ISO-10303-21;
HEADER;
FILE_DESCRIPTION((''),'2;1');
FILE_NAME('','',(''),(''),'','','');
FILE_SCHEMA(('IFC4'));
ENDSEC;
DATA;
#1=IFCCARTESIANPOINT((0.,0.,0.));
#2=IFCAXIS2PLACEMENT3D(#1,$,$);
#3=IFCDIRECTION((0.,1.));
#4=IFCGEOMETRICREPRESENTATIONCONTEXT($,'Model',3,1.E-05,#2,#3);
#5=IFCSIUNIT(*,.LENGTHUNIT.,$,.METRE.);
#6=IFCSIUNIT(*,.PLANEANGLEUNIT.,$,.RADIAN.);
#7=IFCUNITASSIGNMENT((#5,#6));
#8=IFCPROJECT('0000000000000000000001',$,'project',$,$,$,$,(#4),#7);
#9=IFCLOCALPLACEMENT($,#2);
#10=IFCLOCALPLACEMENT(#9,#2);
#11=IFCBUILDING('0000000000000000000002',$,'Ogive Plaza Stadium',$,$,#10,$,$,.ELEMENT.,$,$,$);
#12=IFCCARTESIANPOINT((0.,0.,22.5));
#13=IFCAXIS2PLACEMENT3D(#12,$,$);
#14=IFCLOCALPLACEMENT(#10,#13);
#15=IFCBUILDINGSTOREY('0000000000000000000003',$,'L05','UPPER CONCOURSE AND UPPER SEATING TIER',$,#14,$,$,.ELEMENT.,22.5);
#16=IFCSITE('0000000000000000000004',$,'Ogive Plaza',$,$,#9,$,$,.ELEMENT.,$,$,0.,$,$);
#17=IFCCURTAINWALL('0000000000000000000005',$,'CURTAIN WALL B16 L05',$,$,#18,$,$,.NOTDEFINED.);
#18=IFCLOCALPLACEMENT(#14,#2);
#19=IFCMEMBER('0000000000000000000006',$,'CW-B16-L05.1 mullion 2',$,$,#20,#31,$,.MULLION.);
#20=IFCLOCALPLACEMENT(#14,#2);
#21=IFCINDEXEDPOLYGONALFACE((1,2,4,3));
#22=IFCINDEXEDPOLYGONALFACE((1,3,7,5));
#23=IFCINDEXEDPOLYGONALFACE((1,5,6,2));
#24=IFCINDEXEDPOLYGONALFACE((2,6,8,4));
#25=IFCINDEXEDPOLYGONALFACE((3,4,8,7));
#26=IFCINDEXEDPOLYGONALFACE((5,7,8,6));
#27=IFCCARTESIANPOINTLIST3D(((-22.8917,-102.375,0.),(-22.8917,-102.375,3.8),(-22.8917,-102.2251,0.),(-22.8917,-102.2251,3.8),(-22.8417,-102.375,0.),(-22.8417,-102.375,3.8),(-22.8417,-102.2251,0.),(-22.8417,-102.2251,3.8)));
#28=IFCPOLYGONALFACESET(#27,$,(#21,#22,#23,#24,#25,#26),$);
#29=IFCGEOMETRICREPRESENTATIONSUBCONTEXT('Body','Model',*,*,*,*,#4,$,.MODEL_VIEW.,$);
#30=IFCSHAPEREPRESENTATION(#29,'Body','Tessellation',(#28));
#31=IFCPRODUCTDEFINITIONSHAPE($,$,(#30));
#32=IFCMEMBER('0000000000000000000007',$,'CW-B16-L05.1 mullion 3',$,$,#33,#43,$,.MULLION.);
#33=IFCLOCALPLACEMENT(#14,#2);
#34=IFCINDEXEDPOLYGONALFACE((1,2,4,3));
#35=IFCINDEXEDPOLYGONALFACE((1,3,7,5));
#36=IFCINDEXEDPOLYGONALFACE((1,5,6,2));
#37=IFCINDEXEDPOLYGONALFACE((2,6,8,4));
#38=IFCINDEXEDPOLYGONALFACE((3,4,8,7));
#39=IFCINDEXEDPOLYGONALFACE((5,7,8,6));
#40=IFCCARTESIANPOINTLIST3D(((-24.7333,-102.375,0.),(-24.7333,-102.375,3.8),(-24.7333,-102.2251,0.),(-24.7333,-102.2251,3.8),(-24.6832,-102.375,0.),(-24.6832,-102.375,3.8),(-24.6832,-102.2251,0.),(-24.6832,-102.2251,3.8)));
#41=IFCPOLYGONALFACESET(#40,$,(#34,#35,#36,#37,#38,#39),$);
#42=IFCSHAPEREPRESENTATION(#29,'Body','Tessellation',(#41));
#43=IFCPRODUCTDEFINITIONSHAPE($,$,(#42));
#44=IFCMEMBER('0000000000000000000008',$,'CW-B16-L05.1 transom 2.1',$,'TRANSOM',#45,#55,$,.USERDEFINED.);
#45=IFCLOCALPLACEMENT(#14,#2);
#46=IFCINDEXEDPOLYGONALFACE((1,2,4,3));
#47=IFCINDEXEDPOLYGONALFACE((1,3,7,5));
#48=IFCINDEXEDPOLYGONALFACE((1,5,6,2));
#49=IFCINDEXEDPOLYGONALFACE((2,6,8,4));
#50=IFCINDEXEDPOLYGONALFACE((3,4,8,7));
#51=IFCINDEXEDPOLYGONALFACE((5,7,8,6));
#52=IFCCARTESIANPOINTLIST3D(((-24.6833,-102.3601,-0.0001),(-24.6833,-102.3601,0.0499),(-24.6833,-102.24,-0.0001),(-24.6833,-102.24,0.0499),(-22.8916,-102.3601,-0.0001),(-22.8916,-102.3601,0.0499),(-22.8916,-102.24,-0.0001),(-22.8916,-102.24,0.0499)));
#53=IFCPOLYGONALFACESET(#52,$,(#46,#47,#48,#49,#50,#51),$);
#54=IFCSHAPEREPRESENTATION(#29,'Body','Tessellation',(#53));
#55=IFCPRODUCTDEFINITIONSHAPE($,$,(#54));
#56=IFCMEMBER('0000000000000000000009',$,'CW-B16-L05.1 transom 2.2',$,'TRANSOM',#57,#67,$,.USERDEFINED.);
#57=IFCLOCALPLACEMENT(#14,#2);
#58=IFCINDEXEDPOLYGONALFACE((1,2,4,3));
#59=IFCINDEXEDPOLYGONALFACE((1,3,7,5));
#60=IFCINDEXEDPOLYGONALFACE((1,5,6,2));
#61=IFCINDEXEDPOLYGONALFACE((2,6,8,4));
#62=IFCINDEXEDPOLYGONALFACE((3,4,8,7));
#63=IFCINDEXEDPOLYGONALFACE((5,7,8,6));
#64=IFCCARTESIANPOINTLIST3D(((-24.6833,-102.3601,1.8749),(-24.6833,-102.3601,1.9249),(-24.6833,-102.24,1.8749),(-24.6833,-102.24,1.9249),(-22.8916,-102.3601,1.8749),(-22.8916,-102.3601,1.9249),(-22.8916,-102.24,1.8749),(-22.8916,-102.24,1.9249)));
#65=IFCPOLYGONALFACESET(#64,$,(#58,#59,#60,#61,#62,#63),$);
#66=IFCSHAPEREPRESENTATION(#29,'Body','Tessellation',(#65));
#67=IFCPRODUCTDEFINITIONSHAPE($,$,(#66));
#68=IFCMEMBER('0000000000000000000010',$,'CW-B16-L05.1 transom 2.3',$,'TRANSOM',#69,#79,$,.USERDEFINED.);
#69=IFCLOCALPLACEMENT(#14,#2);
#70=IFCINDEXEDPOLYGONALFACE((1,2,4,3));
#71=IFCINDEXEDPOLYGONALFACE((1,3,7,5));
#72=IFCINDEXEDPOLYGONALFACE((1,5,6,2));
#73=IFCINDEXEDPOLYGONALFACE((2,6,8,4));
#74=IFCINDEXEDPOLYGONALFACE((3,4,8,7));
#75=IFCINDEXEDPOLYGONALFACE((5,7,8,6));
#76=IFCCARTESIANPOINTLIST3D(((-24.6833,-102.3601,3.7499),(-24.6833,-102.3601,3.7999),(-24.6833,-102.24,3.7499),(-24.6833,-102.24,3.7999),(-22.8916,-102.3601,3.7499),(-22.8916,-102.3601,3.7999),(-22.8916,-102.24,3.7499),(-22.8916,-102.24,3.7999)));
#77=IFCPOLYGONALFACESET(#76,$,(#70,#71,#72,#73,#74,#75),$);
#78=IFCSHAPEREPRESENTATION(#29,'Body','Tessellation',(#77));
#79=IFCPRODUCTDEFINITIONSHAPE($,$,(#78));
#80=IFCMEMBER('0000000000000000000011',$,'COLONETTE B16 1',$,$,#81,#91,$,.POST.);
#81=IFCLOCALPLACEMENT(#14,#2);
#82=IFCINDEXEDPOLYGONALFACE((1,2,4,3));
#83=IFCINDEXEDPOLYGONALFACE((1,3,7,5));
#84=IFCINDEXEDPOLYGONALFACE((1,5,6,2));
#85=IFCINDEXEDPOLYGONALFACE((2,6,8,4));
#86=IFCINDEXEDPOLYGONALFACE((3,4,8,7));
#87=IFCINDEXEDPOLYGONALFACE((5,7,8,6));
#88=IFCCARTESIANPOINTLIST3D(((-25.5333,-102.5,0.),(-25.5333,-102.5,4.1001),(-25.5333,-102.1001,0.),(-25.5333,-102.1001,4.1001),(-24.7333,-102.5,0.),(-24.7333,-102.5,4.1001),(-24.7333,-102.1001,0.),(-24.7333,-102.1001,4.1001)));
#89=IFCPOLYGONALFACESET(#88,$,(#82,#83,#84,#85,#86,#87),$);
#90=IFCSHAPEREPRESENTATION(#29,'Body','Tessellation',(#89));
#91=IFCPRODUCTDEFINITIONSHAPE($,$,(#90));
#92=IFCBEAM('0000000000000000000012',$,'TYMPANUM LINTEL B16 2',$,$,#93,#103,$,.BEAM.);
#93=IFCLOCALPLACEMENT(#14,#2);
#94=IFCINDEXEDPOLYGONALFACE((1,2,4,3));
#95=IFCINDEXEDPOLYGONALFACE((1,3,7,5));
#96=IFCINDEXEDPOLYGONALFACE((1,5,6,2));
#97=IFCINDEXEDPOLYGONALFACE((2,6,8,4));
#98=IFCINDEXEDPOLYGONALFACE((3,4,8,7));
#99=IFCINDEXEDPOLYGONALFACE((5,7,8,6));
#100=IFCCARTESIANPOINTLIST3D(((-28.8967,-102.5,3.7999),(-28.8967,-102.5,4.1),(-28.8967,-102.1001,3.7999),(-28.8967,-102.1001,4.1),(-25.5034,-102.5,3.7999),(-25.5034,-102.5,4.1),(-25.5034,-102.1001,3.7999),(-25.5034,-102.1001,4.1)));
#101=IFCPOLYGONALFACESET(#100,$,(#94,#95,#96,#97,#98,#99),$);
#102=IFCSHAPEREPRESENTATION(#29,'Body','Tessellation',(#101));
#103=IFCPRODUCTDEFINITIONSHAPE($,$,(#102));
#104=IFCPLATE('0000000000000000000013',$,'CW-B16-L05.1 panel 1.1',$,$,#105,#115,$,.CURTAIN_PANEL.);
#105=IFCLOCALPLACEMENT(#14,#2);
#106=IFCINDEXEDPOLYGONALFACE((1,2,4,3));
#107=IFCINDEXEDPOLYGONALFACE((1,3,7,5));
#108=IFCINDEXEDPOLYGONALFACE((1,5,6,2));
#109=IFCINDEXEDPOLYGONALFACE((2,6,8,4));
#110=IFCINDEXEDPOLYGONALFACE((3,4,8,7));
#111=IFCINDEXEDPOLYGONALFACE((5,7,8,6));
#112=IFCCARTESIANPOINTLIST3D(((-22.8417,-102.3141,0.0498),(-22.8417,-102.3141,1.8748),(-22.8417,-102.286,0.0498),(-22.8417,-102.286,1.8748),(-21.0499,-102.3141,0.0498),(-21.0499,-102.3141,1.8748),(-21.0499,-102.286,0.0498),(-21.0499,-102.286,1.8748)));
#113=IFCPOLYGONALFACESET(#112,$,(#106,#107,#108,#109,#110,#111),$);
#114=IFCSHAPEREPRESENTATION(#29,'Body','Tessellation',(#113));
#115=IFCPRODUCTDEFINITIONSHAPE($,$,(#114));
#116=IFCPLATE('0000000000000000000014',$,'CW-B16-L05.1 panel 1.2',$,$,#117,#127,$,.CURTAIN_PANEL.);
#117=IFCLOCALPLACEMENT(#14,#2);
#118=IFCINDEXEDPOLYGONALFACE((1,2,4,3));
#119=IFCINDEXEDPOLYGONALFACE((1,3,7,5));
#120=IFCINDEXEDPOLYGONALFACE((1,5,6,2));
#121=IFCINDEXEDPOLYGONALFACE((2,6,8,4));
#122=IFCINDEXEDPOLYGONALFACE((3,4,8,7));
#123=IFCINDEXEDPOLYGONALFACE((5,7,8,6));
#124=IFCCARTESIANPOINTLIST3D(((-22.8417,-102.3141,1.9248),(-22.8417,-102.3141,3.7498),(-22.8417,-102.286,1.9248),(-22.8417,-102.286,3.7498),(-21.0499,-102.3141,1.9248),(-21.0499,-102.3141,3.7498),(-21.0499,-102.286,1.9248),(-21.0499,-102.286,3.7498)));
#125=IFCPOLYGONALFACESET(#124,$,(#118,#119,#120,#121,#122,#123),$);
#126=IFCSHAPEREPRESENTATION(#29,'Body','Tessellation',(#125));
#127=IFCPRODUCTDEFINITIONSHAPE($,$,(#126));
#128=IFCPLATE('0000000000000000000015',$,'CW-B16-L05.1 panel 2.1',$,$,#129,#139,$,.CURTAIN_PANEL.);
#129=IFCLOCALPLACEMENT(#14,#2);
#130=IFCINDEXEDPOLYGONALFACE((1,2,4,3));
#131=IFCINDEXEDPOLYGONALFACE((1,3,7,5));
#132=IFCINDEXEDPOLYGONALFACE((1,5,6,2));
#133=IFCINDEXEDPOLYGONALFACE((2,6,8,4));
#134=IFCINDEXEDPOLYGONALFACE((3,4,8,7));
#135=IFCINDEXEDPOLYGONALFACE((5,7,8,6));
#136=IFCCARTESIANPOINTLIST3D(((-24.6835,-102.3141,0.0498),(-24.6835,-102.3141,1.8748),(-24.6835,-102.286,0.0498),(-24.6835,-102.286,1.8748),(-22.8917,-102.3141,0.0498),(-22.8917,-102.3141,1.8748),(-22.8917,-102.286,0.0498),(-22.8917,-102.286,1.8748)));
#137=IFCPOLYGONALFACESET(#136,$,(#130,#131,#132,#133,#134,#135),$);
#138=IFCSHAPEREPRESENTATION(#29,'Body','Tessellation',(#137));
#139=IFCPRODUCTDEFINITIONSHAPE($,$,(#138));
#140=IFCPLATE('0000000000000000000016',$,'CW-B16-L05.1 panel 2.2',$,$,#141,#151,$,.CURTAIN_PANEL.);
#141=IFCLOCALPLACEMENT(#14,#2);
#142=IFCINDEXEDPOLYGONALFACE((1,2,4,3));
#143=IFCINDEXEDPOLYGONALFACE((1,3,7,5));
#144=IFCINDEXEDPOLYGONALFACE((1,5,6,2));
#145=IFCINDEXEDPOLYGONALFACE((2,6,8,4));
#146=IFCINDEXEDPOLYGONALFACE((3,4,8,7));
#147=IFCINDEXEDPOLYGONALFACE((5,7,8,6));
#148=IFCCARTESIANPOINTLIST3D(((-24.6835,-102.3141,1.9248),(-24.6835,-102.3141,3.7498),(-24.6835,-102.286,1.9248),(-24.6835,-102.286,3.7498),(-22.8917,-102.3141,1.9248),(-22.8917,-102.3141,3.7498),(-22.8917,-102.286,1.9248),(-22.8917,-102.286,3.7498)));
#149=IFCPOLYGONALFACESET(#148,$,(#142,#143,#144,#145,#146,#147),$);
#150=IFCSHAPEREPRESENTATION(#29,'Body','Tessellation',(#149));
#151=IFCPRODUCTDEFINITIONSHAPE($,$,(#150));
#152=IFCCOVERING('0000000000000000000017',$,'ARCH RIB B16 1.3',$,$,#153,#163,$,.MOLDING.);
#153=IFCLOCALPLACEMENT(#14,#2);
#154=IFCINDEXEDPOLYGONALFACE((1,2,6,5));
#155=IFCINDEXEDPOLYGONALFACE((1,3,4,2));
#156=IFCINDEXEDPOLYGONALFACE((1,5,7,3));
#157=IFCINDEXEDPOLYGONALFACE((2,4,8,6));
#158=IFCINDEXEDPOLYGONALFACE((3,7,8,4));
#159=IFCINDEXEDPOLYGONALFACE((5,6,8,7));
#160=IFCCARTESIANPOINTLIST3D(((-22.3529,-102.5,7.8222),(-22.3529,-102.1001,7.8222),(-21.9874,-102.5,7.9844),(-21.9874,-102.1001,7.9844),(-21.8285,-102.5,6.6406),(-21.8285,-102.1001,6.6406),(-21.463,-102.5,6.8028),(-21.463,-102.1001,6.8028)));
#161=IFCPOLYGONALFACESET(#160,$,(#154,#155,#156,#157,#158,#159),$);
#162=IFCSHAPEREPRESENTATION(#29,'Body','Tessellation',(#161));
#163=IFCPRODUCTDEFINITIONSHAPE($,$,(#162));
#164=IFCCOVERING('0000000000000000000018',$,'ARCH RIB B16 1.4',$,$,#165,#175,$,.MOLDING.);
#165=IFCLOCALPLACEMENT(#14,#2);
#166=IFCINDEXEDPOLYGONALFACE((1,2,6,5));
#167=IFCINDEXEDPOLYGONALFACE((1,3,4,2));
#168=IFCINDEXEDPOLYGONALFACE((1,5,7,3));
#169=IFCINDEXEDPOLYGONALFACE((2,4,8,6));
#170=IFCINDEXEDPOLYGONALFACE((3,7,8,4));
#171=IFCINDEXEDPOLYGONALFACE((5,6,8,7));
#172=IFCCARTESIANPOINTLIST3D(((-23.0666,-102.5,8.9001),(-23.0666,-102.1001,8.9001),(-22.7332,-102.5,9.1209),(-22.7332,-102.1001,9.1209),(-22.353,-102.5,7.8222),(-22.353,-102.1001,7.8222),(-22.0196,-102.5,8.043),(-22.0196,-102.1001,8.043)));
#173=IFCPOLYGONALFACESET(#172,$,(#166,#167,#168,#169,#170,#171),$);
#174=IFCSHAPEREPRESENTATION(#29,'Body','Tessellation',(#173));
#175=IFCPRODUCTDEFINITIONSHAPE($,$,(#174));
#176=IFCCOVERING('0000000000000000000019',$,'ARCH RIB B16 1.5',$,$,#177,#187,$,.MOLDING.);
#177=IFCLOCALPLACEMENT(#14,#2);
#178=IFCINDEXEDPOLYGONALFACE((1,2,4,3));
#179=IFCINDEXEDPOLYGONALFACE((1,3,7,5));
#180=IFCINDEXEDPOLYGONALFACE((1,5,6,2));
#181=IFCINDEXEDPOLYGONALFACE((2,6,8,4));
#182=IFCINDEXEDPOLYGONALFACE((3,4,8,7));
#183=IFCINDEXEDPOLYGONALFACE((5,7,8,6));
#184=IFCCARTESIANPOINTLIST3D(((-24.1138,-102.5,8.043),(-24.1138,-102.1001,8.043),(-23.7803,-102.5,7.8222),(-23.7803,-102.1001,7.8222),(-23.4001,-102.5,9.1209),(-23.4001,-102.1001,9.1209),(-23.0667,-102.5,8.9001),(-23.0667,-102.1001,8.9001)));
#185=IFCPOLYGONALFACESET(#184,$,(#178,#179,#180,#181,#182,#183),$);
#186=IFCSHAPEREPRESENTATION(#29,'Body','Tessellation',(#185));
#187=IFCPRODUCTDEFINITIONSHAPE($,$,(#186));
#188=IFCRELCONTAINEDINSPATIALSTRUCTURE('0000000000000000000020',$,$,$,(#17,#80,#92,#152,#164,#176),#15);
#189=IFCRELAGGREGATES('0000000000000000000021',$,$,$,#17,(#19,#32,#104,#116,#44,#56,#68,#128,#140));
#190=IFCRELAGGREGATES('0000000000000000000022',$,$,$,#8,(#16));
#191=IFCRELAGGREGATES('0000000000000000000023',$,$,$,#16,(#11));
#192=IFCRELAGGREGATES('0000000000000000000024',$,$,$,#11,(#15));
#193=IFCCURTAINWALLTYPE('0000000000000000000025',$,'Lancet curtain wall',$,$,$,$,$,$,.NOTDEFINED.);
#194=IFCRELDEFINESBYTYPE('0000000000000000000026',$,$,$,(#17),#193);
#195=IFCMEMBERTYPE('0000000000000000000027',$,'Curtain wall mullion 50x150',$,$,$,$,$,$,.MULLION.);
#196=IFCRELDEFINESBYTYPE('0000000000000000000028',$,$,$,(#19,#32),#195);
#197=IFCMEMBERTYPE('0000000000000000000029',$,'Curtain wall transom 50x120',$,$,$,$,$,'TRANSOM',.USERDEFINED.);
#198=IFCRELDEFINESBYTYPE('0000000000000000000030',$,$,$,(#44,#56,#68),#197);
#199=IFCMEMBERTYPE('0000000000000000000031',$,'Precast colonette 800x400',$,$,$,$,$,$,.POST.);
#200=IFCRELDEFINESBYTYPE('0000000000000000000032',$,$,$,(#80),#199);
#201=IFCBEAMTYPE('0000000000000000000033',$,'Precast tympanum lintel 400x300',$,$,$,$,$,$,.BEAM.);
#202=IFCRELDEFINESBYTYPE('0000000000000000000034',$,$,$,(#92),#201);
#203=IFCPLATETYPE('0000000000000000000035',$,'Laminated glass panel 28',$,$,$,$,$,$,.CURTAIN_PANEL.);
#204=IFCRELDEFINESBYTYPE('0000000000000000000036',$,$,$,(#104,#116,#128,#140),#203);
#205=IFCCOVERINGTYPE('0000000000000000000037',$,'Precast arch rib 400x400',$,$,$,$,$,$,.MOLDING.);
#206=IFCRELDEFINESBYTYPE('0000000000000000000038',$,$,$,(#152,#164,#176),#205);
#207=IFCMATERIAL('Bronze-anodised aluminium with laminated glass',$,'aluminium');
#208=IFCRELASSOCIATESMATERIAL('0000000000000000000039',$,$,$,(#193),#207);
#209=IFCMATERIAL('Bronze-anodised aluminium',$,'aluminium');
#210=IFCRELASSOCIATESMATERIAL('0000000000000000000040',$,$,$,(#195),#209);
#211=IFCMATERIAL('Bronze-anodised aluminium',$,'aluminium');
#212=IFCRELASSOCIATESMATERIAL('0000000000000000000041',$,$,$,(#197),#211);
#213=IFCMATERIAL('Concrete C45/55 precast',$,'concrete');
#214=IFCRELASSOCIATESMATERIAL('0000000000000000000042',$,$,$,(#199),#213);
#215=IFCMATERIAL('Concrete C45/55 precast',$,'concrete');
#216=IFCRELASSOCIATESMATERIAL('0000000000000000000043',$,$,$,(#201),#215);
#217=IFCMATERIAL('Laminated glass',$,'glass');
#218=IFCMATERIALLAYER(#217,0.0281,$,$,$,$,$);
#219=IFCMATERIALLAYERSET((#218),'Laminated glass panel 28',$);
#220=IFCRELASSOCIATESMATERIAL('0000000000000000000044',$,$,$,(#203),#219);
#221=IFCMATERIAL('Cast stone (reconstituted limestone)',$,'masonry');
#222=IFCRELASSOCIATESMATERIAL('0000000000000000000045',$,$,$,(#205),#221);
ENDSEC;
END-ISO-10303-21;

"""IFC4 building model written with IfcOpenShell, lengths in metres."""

from ifc_helpers import new_model, si_unit, direction, frame, origin, origin_2d, place, context, subcontext, project, spatial, rectangle, extrude, material, layer, layer_set, material_profile, profile_set, type_object, element, aggregate, save


model = new_model("IFC4")

# Units and contexts
model_context = context("Model", 3, precision=1e-05, world=origin(), true_north=direction((0.0, 1.0)))
body_context = subcontext(model_context, "Body", "Model", "MODEL_VIEW")
ifc_project = project(units=[si_unit("LENGTHUNIT", "METRE"), si_unit("PLANEANGLEUNIT", "RADIAN")], contexts=[model_context])

# Site, building, storey
site_placement = place(None, origin())
site = spatial("IfcSite", under=ifc_project, at=site_placement, Name="Ogive Plaza", CompositionType="ELEMENT", RefElevation=0.0)
building_placement = place(site_placement, origin())
building = spatial("IfcBuilding", under=site, at=building_placement, Name="Ogive Plaza Stadium", CompositionType="ELEMENT")
storey_placement = place(building_placement, frame((0.0, 0.0, 22.5)))
storey = spatial("IfcBuildingStorey", under=building, at=storey_placement, Name="L05", Description="UPPER CONCOURSE AND UPPER SEATING TIER", CompositionType="ELEMENT", Elevation=22.5)

# Curtain wall, members
ifc_material_1 = material(Name="Bronze-anodised aluminium with laminated glass", Category="aluminium")
curtain_wall_type = type_object("IfcCurtainWallType", Name="Lancet curtain wall", PredefinedType="NOTDEFINED", material=ifc_material_1)
curtain_wall_placement = place(storey_placement, origin())
curtain_wall = element("IfcCurtainWall", 1, at=curtain_wall_placement, inside=storey, type_object=curtain_wall_type, Name="CURTAIN WALL B16 L05", PredefinedType="NOTDEFINED")
ifc_material_2 = material(Name="Bronze-anodised aluminium", Category="aluminium")
ifc_material_profile_1 = material_profile(ifc_material_2, rectangle(XDim=0.1499, YDim=0.05, at=origin_2d()), Name="AL 150x50")
ifc_profile_set_1 = profile_set([ifc_material_profile_1], Name="Bronze-anodised aluminium")
member_type_1 = type_object("IfcMemberType", Name="Curtain wall mullion 50x150", PredefinedType="MULLION", material=ifc_profile_set_1)
member_1_placement = place(storey_placement, frame((-22.8667, -102.3, 0.0), z_axis=(0.0, 0.0, 1.0), x_axis=(0.0, -1.0, 0.0)))
member_1 = element("IfcMember", 2, at=member_1_placement, type_object=member_type_1, Name="CW-B16-L05.1 mullion 2", PredefinedType="MULLION", context=body_context, shape_type="SweptSolid", body=[
    extrude(rectangle(XDim=0.1499, YDim=0.05, at=origin_2d()), origin(), (0.0, 0.0, 1.0), 3.8),
])
member_2_placement = place(storey_placement, frame((-24.7083, -102.3, 0.0), z_axis=(0.0, 0.0, 1.0), x_axis=(0.0, -1.0, 0.0)))
member_2 = element("IfcMember", 3, at=member_2_placement, type_object=member_type_1, Name="CW-B16-L05.1 mullion 3", PredefinedType="MULLION", context=body_context, shape_type="SweptSolid", body=[
    extrude(rectangle(XDim=0.1499, YDim=0.05, at=origin_2d()), origin(), (0.0, 0.0, 1.0), 3.8),
])
ifc_material_3 = material(Name="Bronze-anodised aluminium", Category="aluminium")
ifc_material_profile_2 = material_profile(ifc_material_3, rectangle(XDim=0.1201, YDim=0.05, at=origin_2d()), Name="AL 120x50")
ifc_profile_set_2 = profile_set([ifc_material_profile_2], Name="Bronze-anodised aluminium")
member_type_2 = type_object("IfcMemberType", Name="Curtain wall transom 50x120", ElementType="TRANSOM", PredefinedType="USERDEFINED", material=ifc_profile_set_2)
member_3_placement = place(storey_placement, frame((-22.8916, -102.3, 0.0249), z_axis=(-1.0, 0.0, 0.0), x_axis=(0.0, -1.0, 0.0)))
member_3 = element("IfcMember", 4, at=member_3_placement, type_object=member_type_2, Name="CW-B16-L05.1 transom 2.1", ObjectType="TRANSOM", PredefinedType="USERDEFINED", context=body_context, shape_type="SweptSolid", body=[
    extrude(rectangle(XDim=0.1201, YDim=0.05, at=origin_2d()), origin(), (0.0, 0.0, 1.0), 1.7917),
])
member_4_placement = place(storey_placement, frame((-22.8916, -102.3, 1.8999), z_axis=(-1.0, 0.0, 0.0), x_axis=(0.0, -1.0, 0.0)))
member_4 = element("IfcMember", 5, at=member_4_placement, type_object=member_type_2, Name="CW-B16-L05.1 transom 2.2", ObjectType="TRANSOM", PredefinedType="USERDEFINED", context=body_context, shape_type="SweptSolid", body=[
    extrude(rectangle(XDim=0.1201, YDim=0.05, at=origin_2d()), origin(), (0.0, 0.0, 1.0), 1.7917),
])
member_5_placement = place(storey_placement, frame((-22.8916, -102.3, 3.7749), z_axis=(-1.0, 0.0, 0.0), x_axis=(0.0, -1.0, 0.0)))
member_5 = element("IfcMember", 6, at=member_5_placement, type_object=member_type_2, Name="CW-B16-L05.1 transom 2.3", ObjectType="TRANSOM", PredefinedType="USERDEFINED", context=body_context, shape_type="SweptSolid", body=[
    extrude(rectangle(XDim=0.1201, YDim=0.05, at=origin_2d()), origin(), (0.0, 0.0, 1.0), 1.7917),
])

# Member
ifc_material_4 = material(Name="Concrete C45/55 precast", Category="concrete")
ifc_material_profile_3 = material_profile(ifc_material_4, rectangle(XDim=0.3999, YDim=0.8, at=origin_2d()), Name="RC 400x800")
ifc_profile_set_3 = profile_set([ifc_material_profile_3], Name="Concrete C45/55 precast")
member_type_3 = type_object("IfcMemberType", Name="Precast colonette 800x400", PredefinedType="POST", material=ifc_profile_set_3)
member_6_placement = place(storey_placement, frame((-25.1333, -102.3, 0.0), z_axis=(0.0, 0.0, 1.0), x_axis=(0.0, -1.0, 0.0)))
element("IfcMember", 7, at=member_6_placement, inside=storey, type_object=member_type_3, Name="COLONETTE B16 1", PredefinedType="POST", context=body_context, shape_type="SweptSolid", body=[
    extrude(rectangle(XDim=0.3999, YDim=0.8, at=origin_2d()), origin(), (0.0, 0.0, 1.0), 4.1001),
])

# Beam
ifc_material_5 = material(Name="Concrete C45/55 precast", Category="concrete")
ifc_material_profile_4 = material_profile(ifc_material_5, rectangle(XDim=0.3999, YDim=0.3, at=origin_2d()), Name="RC 400x300")
ifc_profile_set_4 = profile_set([ifc_material_profile_4], Name="Concrete C45/55 precast")
beam_type = type_object("IfcBeamType", Name="Precast tympanum lintel 400x300", PredefinedType="BEAM", material=ifc_profile_set_4)
beam_placement = place(storey_placement, frame((-25.5034, -102.3, 3.95), z_axis=(-1.0, 0.0, 0.0), x_axis=(0.0, -1.0, 0.0)))
element("IfcBeam", 8, at=beam_placement, inside=storey, type_object=beam_type, Name="TYMPANUM LINTEL B16 2", PredefinedType="BEAM", context=body_context, shape_type="SweptSolid", body=[
    extrude(rectangle(XDim=0.3999, YDim=0.3, at=origin_2d()), origin(), (0.0, 0.0, 1.0), 3.3933),
])

# Plates
ifc_material_6 = material(Name="Laminated glass", Category="glass")
ifc_layer = layer(ifc_material_6, 0.0281)
ifc_layer_set = layer_set([ifc_layer], Name="Laminated glass panel 28")
plate_type = type_object("IfcPlateType", Name="Laminated glass panel 28", PredefinedType="CURTAIN_PANEL", material=ifc_layer_set)
plate_1_placement = place(storey_placement, frame((-21.9458, -102.3, 0.0498), z_axis=(0.0, 0.0, 1.0), x_axis=(-1.0, 0.0, 0.0)))
plate_1 = element("IfcPlate", 9, at=plate_1_placement, type_object=plate_type, Name="CW-B16-L05.1 panel 1.1", PredefinedType="CURTAIN_PANEL", context=body_context, shape_type="SweptSolid", body=[
    extrude(rectangle(XDim=1.7917, YDim=0.0281, at=origin_2d()), origin(), (0.0, 0.0, 1.0), 1.825),
])
plate_2_placement = place(storey_placement, frame((-21.9458, -102.3, 1.9248), z_axis=(0.0, 0.0, 1.0), x_axis=(-1.0, 0.0, 0.0)))
plate_2 = element("IfcPlate", 10, at=plate_2_placement, type_object=plate_type, Name="CW-B16-L05.1 panel 1.2", PredefinedType="CURTAIN_PANEL", context=body_context, shape_type="SweptSolid", body=[
    extrude(rectangle(XDim=1.7917, YDim=0.0281, at=origin_2d()), origin(), (0.0, 0.0, 1.0), 1.825),
])
plate_3_placement = place(storey_placement, frame((-23.7876, -102.3, 0.0498), z_axis=(0.0, 0.0, 1.0), x_axis=(-1.0, 0.0, 0.0)))
plate_3 = element("IfcPlate", 11, at=plate_3_placement, type_object=plate_type, Name="CW-B16-L05.1 panel 2.1", PredefinedType="CURTAIN_PANEL", context=body_context, shape_type="SweptSolid", body=[
    extrude(rectangle(XDim=1.7917, YDim=0.0281, at=origin_2d()), origin(), (0.0, 0.0, 1.0), 1.825),
])
plate_4_placement = place(storey_placement, frame((-23.7876, -102.3, 1.9248), z_axis=(0.0, 0.0, 1.0), x_axis=(-1.0, 0.0, 0.0)))
plate_4 = element("IfcPlate", 12, at=plate_4_placement, type_object=plate_type, Name="CW-B16-L05.1 panel 2.2", PredefinedType="CURTAIN_PANEL", context=body_context, shape_type="SweptSolid", body=[
    extrude(rectangle(XDim=1.7917, YDim=0.0281, at=origin_2d()), origin(), (0.0, 0.0, 1.0), 1.825),
])
aggregate(curtain_wall, [member_1, member_2, plate_1, plate_2, member_3, member_4, member_5, plate_3, plate_4])

# Coverings
ifc_material_7 = material(Name="Cast stone (reconstituted limestone)", Category="masonry")
ifc_material_profile_5 = material_profile(ifc_material_7, rectangle(XDim=0.3999, YDim=0.3999, at=origin_2d()), Name="Cast stone 400x400")
ifc_profile_set_5 = profile_set([ifc_material_profile_5], Name="Cast stone (reconstituted limestone)")
covering_type = type_object("IfcCoveringType", Name="Precast arch rib 400x400", PredefinedType="MOLDING", material=ifc_profile_set_5)
for number, where, z_axis, x_axis, name in (
    (13, (-21.6458, -102.3, 6.7217), (-0.405648, 0.0, 0.914029), (0.0, -1.0, 0.0), "ARCH RIB B16 1.3"),
    (14, (-22.1863, -102.3, 7.9326), (-0.552039, 0.0, 0.833818), (0.0, -1.0, 0.0), "ARCH RIB B16 1.4"),
    (15, (-23.2334, -102.3, 9.0105), (-0.552039, 0.0, -0.833818), (0.0, -1.0, 0.0), "ARCH RIB B16 1.5"),
):
    element("IfcCovering", number, at=place(storey_placement, frame(where, z_axis=z_axis, x_axis=x_axis)), inside=storey, type_object=covering_type, Name=name, PredefinedType="MOLDING", context=body_context, shape_type="SweptSolid", body=[
        extrude(rectangle(XDim=0.3999, YDim=0.3999, at=origin_2d()), origin(), (0.0, 0.0, 1.0), 1.2927),
    ])

save(model, "model.ifc")
